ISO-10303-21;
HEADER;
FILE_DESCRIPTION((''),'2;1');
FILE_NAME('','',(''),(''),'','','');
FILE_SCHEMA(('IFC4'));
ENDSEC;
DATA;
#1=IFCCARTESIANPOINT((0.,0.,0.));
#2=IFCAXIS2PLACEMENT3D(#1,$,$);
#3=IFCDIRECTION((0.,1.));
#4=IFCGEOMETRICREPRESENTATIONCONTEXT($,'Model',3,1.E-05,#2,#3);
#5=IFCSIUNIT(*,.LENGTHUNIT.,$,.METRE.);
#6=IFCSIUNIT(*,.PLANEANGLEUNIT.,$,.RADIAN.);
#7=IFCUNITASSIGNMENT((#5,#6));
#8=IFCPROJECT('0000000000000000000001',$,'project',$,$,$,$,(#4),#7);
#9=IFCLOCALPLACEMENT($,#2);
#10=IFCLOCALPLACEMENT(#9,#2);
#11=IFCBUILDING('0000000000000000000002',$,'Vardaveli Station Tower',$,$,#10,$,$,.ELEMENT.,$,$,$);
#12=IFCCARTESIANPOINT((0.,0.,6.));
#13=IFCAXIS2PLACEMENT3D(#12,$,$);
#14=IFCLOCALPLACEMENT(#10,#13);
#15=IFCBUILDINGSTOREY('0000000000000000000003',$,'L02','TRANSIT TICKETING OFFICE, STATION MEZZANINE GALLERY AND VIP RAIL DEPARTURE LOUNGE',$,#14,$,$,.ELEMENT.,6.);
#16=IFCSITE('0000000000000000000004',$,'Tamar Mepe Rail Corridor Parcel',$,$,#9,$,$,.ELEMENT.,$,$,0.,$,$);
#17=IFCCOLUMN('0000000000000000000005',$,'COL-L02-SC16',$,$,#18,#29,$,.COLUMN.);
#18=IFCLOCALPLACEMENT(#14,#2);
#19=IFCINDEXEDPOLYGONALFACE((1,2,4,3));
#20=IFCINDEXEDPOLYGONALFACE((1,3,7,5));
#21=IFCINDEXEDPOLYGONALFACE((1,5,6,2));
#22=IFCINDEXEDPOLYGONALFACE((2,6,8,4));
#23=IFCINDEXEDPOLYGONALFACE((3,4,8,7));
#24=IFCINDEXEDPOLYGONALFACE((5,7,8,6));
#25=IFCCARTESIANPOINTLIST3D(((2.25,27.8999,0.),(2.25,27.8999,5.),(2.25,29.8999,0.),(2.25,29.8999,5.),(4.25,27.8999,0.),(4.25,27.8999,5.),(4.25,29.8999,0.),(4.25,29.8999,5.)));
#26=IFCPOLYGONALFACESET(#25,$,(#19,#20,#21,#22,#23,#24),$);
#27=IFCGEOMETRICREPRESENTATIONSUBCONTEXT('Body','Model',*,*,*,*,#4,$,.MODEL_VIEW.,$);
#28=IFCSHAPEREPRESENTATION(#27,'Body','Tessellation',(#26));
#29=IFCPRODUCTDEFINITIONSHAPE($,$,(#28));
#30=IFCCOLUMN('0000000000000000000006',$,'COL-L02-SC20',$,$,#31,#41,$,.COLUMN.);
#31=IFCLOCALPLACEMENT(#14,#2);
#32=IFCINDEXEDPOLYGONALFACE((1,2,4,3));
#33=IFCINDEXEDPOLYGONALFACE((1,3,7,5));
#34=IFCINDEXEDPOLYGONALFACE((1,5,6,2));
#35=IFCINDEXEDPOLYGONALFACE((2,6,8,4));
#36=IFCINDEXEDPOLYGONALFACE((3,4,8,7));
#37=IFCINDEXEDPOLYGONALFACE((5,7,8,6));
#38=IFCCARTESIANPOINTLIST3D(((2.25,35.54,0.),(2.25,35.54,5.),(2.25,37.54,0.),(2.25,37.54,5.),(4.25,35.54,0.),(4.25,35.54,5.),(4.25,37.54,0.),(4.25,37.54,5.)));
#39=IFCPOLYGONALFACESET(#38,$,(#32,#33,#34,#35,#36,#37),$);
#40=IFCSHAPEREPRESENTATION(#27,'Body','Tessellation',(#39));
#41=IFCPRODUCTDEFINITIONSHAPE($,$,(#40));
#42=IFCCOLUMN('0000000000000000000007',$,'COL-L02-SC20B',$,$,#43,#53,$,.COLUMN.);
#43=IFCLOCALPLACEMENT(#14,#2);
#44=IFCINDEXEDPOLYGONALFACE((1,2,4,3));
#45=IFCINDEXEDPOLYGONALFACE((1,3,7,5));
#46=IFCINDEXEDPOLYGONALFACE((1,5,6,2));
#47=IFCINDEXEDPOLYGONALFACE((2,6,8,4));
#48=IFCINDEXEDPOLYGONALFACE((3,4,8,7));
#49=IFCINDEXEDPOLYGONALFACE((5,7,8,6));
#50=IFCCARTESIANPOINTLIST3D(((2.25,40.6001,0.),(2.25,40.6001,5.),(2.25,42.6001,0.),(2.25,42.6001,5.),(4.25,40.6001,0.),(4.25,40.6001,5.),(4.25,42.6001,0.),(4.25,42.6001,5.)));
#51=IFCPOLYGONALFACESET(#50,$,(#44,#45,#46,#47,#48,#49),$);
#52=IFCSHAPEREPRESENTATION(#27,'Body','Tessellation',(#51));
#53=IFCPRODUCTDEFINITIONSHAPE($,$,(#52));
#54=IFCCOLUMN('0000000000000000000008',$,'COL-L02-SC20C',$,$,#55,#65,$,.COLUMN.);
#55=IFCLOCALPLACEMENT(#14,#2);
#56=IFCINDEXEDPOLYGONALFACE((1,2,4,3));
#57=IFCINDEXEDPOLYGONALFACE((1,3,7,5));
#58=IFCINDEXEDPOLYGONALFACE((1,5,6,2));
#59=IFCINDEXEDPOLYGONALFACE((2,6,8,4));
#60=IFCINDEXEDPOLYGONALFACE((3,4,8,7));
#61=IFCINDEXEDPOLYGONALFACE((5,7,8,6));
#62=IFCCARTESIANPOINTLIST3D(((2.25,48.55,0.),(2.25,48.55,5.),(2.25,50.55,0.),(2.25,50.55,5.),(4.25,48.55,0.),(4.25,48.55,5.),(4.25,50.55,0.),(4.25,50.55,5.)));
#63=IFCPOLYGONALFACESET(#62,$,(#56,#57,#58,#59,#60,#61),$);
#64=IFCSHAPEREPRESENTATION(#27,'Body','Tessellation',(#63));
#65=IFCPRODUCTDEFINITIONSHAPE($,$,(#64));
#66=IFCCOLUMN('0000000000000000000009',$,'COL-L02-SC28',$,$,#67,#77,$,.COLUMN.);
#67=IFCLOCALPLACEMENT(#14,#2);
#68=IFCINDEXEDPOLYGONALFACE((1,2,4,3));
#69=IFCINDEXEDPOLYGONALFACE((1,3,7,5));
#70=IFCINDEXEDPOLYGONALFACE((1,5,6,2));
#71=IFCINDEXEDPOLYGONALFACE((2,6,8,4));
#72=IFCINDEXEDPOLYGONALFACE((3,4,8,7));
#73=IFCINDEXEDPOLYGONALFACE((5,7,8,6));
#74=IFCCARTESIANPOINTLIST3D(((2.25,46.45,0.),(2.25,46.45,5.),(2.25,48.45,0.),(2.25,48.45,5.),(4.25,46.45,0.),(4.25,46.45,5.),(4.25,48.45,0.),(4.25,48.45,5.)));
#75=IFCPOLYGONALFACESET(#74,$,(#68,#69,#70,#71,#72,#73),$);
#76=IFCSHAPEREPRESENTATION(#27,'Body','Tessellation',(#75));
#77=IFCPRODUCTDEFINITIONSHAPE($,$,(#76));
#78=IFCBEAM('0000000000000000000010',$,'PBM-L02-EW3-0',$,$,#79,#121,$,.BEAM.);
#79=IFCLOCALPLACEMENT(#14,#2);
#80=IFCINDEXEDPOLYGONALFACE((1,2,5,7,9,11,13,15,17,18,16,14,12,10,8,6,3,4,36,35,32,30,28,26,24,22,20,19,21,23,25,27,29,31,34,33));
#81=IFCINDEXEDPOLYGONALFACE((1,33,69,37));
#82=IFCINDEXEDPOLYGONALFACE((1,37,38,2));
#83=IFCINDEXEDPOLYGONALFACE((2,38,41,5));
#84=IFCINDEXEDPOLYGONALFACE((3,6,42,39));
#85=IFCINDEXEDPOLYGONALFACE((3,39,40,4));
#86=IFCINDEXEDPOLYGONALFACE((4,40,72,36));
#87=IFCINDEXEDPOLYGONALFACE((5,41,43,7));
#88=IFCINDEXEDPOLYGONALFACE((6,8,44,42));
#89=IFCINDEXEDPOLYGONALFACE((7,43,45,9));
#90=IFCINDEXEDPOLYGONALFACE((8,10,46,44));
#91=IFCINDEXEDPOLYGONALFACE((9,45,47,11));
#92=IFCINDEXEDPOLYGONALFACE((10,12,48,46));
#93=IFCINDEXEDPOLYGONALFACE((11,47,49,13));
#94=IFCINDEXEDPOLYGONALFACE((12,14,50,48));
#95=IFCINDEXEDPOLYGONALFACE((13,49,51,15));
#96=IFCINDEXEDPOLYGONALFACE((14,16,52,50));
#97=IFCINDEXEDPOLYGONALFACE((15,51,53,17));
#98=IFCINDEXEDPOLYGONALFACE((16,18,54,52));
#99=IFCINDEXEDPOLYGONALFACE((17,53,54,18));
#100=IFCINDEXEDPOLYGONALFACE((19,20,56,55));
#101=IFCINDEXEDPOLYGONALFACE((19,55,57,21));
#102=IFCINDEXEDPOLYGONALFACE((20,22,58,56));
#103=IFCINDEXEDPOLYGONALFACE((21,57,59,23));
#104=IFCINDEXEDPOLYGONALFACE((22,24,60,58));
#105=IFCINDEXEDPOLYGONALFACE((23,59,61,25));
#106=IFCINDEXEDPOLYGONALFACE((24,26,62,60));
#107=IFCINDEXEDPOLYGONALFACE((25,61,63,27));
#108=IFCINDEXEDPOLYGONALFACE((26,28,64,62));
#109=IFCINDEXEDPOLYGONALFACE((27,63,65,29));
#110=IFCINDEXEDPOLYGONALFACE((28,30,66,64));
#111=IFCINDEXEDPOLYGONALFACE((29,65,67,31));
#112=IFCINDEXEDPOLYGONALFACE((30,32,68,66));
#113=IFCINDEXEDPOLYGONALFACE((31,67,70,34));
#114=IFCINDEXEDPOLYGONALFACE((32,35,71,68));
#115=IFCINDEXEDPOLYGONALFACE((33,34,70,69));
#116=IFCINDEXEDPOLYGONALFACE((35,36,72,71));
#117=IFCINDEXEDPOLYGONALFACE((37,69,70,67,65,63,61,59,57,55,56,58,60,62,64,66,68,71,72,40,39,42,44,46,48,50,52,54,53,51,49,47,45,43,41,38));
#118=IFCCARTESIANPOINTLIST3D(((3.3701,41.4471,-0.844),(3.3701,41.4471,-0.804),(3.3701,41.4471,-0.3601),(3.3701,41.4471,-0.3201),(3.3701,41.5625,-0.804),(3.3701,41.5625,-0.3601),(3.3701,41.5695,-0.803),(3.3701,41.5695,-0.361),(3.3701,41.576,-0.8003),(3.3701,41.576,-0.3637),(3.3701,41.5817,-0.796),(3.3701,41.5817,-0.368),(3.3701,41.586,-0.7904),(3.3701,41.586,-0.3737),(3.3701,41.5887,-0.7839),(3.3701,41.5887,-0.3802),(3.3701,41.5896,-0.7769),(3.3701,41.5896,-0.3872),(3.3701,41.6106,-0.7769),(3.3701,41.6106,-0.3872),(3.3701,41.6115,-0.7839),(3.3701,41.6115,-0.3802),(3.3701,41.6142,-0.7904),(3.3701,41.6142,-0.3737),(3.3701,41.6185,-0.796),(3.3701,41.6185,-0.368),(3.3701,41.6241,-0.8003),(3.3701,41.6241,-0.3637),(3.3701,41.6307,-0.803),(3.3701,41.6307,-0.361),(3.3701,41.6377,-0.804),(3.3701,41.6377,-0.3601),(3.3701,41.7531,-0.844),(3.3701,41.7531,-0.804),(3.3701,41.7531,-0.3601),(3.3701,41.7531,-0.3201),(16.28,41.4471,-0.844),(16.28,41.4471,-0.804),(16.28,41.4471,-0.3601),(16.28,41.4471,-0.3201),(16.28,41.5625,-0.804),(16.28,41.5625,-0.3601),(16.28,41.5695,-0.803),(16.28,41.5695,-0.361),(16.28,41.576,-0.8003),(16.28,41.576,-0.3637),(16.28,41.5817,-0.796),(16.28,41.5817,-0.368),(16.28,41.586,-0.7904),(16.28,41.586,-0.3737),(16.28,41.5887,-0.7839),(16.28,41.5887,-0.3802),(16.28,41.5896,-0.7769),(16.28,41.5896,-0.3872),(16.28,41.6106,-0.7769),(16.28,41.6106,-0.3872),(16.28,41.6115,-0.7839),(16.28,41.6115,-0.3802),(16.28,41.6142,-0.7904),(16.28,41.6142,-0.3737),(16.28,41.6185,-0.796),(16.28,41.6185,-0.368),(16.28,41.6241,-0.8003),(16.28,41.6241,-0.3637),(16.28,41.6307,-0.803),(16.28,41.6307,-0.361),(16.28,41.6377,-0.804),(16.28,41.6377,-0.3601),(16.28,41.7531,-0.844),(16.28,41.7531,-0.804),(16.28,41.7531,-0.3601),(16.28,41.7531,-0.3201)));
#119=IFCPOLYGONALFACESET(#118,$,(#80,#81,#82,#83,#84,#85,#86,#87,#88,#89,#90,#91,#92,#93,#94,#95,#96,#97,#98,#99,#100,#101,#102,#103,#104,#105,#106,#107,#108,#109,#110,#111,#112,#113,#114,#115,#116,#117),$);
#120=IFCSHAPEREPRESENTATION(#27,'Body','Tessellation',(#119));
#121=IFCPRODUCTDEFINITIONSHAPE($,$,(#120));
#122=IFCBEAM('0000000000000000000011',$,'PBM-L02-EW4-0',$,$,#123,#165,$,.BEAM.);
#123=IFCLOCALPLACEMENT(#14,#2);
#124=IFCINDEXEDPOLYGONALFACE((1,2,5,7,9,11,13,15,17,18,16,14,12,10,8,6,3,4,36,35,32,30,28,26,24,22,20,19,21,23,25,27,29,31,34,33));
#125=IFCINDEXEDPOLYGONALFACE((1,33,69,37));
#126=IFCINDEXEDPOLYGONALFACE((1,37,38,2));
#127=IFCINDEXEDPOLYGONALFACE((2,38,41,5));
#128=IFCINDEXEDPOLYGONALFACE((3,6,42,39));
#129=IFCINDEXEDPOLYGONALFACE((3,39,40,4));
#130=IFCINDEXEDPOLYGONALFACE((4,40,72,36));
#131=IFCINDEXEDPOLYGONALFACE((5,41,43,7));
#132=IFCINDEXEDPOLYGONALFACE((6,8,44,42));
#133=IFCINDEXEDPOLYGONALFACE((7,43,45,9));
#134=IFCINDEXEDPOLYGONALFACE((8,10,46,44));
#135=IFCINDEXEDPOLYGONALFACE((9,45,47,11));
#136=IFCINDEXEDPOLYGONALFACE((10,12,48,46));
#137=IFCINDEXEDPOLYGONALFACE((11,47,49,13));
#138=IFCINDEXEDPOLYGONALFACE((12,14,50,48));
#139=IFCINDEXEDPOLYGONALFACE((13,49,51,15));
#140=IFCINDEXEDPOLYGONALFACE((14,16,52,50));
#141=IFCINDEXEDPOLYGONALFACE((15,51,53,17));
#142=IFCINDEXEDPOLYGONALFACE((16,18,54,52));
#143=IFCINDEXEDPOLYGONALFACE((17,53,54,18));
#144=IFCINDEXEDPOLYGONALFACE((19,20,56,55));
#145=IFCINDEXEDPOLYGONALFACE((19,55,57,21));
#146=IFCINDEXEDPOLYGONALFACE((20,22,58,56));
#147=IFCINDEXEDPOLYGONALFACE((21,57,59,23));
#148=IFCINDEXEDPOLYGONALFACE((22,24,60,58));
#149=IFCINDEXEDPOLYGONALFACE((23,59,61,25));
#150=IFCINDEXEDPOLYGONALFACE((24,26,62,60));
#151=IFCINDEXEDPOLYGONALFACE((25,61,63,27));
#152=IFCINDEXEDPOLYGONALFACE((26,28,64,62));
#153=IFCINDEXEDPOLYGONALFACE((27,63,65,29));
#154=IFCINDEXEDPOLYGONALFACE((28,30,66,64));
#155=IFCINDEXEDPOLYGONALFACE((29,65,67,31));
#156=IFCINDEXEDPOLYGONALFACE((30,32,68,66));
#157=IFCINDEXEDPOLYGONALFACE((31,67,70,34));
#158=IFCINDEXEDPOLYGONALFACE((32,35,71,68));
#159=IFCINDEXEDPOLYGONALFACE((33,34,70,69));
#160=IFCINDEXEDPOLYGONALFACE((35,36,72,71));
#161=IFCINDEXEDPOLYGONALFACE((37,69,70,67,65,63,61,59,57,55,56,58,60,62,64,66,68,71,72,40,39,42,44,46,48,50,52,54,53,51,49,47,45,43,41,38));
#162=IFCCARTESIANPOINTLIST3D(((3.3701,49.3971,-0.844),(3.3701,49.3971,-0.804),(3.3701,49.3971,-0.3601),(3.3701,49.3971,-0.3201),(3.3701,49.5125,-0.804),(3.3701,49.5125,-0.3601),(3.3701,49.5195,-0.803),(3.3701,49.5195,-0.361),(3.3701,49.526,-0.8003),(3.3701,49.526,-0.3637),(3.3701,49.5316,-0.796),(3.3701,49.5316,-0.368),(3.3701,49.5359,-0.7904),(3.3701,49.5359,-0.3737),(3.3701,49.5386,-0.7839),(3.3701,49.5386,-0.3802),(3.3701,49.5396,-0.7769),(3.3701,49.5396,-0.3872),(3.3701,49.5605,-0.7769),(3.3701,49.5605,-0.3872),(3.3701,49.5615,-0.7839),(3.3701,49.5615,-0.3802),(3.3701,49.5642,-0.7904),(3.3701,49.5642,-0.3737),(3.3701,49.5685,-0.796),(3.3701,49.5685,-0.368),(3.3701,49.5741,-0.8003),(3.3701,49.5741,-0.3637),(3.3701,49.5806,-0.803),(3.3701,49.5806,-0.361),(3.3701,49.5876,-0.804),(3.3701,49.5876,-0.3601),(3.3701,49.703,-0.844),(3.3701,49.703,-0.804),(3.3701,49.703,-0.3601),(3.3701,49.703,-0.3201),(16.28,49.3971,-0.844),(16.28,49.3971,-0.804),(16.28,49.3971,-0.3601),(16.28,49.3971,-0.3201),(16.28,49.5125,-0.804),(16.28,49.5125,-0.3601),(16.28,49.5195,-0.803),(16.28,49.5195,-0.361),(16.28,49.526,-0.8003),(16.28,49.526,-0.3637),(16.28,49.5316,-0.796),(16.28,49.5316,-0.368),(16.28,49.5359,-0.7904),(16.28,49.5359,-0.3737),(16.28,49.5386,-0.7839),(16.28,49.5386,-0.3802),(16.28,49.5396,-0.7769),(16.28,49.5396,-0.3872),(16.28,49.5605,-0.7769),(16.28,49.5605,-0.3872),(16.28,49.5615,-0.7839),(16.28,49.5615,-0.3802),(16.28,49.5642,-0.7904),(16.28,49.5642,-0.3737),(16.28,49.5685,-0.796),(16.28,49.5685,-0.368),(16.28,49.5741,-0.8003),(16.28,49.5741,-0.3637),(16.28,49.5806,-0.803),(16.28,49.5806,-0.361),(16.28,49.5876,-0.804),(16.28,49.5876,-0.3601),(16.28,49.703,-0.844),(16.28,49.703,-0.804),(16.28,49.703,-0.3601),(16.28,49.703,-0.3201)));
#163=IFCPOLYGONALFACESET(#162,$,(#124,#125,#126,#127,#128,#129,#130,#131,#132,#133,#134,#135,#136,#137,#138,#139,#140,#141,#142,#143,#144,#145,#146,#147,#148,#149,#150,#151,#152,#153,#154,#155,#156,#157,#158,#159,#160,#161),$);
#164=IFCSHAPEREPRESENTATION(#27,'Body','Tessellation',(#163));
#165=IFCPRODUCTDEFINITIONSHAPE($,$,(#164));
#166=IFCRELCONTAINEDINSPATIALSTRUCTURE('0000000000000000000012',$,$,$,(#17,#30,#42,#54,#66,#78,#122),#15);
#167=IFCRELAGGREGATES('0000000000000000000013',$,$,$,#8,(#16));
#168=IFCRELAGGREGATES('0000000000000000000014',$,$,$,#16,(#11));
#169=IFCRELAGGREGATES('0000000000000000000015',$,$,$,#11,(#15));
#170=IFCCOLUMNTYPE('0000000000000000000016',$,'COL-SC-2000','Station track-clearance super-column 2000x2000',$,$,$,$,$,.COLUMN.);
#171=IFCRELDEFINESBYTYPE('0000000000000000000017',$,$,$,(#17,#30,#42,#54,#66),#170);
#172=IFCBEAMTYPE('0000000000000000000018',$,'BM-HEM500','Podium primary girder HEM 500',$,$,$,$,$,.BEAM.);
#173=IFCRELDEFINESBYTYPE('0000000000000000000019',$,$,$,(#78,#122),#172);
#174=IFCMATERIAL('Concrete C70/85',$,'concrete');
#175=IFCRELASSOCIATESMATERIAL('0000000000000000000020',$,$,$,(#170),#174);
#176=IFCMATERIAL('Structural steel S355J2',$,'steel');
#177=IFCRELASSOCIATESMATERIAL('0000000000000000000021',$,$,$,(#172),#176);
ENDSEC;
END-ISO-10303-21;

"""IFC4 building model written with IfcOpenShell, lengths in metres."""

from ifc_helpers import new_model, si_unit, direction, frame, origin, origin_2d, place, context, subcontext, project, spatial, rectangle, i_section, extrude, source, transform, mapped, material, material_profile, profile_set, type_object, element, save


model = new_model("IFC4")

# Units and contexts
model_context = context("Model", 3, precision=1e-05, world=origin(), true_north=direction((0.0, 1.0)))
body_context = subcontext(model_context, "Body", "Model", "MODEL_VIEW")
ifc_project = project(units=[si_unit("LENGTHUNIT", "METRE"), si_unit("PLANEANGLEUNIT", "RADIAN")], contexts=[model_context])

# Site, building, storey
site_placement = place(None, origin())
site = spatial("IfcSite", under=ifc_project, at=site_placement, Name="Tamar Mepe Rail Corridor Parcel", CompositionType="ELEMENT", RefElevation=0.0)
building_placement = place(site_placement, origin())
building = spatial("IfcBuilding", under=site, at=building_placement, Name="Vardaveli Station Tower", CompositionType="ELEMENT")
storey_placement = place(building_placement, frame((0.0, 0.0, 6.0)))
storey = spatial("IfcBuildingStorey", under=building, at=storey_placement, Name="L02", Description="TRANSIT TICKETING OFFICE, STATION MEZZANINE GALLERY AND VIP RAIL DEPARTURE LOUNGE", CompositionType="ELEMENT", Elevation=6.0)

# Columns
ifc_material_1 = material(Name="Concrete C70/85", Category="concrete")
ifc_material_profile_1 = material_profile(ifc_material_1, rectangle(XDim=2.0, YDim=2.0, at=origin_2d()), Name="SC 2000x2000")
ifc_profile_set_1 = profile_set([ifc_material_profile_1], Name="Concrete C70/85")
column_type = type_object("IfcColumnType", Name="COL-SC-2000", Description="Station track-clearance super-column 2000x2000", PredefinedType="COLUMN", material=ifc_profile_set_1)
shared_shape_1 = source(origin(), body_context, "Body", "SweptSolid", [
    extrude(rectangle(XDim=2.0, YDim=2.0, at=origin_2d()), origin(), (0.0, 0.0, 1.0), 5.0),
])
for number, where, z_axis, x_axis, name in (
    (1, (3.25, 28.8999, 0.0), (0.0, 0.0, 1.0), (1.0, 0.0, 0.0), "COL-L02-SC16"),
    (2, (3.25, 36.54, 0.0), (0.0, 0.0, 1.0), (1.0, 0.0, 0.0), "COL-L02-SC20"),
    (3, (3.25, 41.6001, 0.0), (0.0, 0.0, 1.0), (1.0, 0.0, 0.0), "COL-L02-SC20B"),
    (4, (3.25, 49.55, 0.0), (0.0, 0.0, 1.0), (1.0, 0.0, 0.0), "COL-L02-SC20C"),
    (5, (3.25, 47.45, 0.0), (0.0, 0.0, 1.0), (1.0, 0.0, 0.0), "COL-L02-SC28"),
):
    element("IfcColumn", number, at=place(storey_placement, frame(where, z_axis=z_axis, x_axis=x_axis)), inside=storey, type_object=column_type, Name=name, PredefinedType="COLUMN", context=body_context, shape_type="MappedRepresentation", body=[
        mapped(shared_shape_1, transform((0.0, 0.0, 0.0), scale=1.0)),
    ])

# Beams
ifc_material_2 = material(Name="Structural steel S355J2", Category="steel")
ifc_material_profile_2 = material_profile(ifc_material_2, i_section(OverallWidth=0.3059, OverallDepth=0.5239, WebThickness=0.021, FlangeThickness=0.04, FilletRadius=0.0271, at=origin_2d()), Name="HEM 500")
ifc_profile_set_2 = profile_set([ifc_material_profile_2], Name="Structural steel S355J2")
beam_type_1 = type_object("IfcBeamType", Name="BM-HEM500", Description="Podium primary girder HEM 500", PredefinedType="BEAM", material=ifc_profile_set_2)
shared_shape_2 = source(origin(), body_context, "Body", "SweptSolid", [
    extrude(i_section(OverallWidth=0.3059, OverallDepth=0.5239, WebThickness=0.021, FlangeThickness=0.04, FilletRadius=0.0271, at=origin_2d()), origin(), (0.0, 0.0, 1.0), 12.9099),
])
for number, where, z_axis, x_axis, name in (
    (6, (3.3701, 41.6001, -0.582), (1.0, 0.0, 0.0), (0.0, 1.0, 0.0), "PBM-L02-EW3-0"),
    (7, (3.3701, 49.55, -0.582), (1.0, 0.0, 0.0), (0.0, 1.0, 0.0), "PBM-L02-EW4-0"),
):
    element("IfcBeam", number, at=place(storey_placement, frame(where, z_axis=z_axis, x_axis=x_axis)), inside=storey, type_object=beam_type_1, Name=name, PredefinedType="BEAM", context=body_context, shape_type="MappedRepresentation", body=[
        mapped(shared_shape_2, transform((0.0, 0.0, 0.0), scale=1.0)),
    ])

save(model, "model.ifc")
